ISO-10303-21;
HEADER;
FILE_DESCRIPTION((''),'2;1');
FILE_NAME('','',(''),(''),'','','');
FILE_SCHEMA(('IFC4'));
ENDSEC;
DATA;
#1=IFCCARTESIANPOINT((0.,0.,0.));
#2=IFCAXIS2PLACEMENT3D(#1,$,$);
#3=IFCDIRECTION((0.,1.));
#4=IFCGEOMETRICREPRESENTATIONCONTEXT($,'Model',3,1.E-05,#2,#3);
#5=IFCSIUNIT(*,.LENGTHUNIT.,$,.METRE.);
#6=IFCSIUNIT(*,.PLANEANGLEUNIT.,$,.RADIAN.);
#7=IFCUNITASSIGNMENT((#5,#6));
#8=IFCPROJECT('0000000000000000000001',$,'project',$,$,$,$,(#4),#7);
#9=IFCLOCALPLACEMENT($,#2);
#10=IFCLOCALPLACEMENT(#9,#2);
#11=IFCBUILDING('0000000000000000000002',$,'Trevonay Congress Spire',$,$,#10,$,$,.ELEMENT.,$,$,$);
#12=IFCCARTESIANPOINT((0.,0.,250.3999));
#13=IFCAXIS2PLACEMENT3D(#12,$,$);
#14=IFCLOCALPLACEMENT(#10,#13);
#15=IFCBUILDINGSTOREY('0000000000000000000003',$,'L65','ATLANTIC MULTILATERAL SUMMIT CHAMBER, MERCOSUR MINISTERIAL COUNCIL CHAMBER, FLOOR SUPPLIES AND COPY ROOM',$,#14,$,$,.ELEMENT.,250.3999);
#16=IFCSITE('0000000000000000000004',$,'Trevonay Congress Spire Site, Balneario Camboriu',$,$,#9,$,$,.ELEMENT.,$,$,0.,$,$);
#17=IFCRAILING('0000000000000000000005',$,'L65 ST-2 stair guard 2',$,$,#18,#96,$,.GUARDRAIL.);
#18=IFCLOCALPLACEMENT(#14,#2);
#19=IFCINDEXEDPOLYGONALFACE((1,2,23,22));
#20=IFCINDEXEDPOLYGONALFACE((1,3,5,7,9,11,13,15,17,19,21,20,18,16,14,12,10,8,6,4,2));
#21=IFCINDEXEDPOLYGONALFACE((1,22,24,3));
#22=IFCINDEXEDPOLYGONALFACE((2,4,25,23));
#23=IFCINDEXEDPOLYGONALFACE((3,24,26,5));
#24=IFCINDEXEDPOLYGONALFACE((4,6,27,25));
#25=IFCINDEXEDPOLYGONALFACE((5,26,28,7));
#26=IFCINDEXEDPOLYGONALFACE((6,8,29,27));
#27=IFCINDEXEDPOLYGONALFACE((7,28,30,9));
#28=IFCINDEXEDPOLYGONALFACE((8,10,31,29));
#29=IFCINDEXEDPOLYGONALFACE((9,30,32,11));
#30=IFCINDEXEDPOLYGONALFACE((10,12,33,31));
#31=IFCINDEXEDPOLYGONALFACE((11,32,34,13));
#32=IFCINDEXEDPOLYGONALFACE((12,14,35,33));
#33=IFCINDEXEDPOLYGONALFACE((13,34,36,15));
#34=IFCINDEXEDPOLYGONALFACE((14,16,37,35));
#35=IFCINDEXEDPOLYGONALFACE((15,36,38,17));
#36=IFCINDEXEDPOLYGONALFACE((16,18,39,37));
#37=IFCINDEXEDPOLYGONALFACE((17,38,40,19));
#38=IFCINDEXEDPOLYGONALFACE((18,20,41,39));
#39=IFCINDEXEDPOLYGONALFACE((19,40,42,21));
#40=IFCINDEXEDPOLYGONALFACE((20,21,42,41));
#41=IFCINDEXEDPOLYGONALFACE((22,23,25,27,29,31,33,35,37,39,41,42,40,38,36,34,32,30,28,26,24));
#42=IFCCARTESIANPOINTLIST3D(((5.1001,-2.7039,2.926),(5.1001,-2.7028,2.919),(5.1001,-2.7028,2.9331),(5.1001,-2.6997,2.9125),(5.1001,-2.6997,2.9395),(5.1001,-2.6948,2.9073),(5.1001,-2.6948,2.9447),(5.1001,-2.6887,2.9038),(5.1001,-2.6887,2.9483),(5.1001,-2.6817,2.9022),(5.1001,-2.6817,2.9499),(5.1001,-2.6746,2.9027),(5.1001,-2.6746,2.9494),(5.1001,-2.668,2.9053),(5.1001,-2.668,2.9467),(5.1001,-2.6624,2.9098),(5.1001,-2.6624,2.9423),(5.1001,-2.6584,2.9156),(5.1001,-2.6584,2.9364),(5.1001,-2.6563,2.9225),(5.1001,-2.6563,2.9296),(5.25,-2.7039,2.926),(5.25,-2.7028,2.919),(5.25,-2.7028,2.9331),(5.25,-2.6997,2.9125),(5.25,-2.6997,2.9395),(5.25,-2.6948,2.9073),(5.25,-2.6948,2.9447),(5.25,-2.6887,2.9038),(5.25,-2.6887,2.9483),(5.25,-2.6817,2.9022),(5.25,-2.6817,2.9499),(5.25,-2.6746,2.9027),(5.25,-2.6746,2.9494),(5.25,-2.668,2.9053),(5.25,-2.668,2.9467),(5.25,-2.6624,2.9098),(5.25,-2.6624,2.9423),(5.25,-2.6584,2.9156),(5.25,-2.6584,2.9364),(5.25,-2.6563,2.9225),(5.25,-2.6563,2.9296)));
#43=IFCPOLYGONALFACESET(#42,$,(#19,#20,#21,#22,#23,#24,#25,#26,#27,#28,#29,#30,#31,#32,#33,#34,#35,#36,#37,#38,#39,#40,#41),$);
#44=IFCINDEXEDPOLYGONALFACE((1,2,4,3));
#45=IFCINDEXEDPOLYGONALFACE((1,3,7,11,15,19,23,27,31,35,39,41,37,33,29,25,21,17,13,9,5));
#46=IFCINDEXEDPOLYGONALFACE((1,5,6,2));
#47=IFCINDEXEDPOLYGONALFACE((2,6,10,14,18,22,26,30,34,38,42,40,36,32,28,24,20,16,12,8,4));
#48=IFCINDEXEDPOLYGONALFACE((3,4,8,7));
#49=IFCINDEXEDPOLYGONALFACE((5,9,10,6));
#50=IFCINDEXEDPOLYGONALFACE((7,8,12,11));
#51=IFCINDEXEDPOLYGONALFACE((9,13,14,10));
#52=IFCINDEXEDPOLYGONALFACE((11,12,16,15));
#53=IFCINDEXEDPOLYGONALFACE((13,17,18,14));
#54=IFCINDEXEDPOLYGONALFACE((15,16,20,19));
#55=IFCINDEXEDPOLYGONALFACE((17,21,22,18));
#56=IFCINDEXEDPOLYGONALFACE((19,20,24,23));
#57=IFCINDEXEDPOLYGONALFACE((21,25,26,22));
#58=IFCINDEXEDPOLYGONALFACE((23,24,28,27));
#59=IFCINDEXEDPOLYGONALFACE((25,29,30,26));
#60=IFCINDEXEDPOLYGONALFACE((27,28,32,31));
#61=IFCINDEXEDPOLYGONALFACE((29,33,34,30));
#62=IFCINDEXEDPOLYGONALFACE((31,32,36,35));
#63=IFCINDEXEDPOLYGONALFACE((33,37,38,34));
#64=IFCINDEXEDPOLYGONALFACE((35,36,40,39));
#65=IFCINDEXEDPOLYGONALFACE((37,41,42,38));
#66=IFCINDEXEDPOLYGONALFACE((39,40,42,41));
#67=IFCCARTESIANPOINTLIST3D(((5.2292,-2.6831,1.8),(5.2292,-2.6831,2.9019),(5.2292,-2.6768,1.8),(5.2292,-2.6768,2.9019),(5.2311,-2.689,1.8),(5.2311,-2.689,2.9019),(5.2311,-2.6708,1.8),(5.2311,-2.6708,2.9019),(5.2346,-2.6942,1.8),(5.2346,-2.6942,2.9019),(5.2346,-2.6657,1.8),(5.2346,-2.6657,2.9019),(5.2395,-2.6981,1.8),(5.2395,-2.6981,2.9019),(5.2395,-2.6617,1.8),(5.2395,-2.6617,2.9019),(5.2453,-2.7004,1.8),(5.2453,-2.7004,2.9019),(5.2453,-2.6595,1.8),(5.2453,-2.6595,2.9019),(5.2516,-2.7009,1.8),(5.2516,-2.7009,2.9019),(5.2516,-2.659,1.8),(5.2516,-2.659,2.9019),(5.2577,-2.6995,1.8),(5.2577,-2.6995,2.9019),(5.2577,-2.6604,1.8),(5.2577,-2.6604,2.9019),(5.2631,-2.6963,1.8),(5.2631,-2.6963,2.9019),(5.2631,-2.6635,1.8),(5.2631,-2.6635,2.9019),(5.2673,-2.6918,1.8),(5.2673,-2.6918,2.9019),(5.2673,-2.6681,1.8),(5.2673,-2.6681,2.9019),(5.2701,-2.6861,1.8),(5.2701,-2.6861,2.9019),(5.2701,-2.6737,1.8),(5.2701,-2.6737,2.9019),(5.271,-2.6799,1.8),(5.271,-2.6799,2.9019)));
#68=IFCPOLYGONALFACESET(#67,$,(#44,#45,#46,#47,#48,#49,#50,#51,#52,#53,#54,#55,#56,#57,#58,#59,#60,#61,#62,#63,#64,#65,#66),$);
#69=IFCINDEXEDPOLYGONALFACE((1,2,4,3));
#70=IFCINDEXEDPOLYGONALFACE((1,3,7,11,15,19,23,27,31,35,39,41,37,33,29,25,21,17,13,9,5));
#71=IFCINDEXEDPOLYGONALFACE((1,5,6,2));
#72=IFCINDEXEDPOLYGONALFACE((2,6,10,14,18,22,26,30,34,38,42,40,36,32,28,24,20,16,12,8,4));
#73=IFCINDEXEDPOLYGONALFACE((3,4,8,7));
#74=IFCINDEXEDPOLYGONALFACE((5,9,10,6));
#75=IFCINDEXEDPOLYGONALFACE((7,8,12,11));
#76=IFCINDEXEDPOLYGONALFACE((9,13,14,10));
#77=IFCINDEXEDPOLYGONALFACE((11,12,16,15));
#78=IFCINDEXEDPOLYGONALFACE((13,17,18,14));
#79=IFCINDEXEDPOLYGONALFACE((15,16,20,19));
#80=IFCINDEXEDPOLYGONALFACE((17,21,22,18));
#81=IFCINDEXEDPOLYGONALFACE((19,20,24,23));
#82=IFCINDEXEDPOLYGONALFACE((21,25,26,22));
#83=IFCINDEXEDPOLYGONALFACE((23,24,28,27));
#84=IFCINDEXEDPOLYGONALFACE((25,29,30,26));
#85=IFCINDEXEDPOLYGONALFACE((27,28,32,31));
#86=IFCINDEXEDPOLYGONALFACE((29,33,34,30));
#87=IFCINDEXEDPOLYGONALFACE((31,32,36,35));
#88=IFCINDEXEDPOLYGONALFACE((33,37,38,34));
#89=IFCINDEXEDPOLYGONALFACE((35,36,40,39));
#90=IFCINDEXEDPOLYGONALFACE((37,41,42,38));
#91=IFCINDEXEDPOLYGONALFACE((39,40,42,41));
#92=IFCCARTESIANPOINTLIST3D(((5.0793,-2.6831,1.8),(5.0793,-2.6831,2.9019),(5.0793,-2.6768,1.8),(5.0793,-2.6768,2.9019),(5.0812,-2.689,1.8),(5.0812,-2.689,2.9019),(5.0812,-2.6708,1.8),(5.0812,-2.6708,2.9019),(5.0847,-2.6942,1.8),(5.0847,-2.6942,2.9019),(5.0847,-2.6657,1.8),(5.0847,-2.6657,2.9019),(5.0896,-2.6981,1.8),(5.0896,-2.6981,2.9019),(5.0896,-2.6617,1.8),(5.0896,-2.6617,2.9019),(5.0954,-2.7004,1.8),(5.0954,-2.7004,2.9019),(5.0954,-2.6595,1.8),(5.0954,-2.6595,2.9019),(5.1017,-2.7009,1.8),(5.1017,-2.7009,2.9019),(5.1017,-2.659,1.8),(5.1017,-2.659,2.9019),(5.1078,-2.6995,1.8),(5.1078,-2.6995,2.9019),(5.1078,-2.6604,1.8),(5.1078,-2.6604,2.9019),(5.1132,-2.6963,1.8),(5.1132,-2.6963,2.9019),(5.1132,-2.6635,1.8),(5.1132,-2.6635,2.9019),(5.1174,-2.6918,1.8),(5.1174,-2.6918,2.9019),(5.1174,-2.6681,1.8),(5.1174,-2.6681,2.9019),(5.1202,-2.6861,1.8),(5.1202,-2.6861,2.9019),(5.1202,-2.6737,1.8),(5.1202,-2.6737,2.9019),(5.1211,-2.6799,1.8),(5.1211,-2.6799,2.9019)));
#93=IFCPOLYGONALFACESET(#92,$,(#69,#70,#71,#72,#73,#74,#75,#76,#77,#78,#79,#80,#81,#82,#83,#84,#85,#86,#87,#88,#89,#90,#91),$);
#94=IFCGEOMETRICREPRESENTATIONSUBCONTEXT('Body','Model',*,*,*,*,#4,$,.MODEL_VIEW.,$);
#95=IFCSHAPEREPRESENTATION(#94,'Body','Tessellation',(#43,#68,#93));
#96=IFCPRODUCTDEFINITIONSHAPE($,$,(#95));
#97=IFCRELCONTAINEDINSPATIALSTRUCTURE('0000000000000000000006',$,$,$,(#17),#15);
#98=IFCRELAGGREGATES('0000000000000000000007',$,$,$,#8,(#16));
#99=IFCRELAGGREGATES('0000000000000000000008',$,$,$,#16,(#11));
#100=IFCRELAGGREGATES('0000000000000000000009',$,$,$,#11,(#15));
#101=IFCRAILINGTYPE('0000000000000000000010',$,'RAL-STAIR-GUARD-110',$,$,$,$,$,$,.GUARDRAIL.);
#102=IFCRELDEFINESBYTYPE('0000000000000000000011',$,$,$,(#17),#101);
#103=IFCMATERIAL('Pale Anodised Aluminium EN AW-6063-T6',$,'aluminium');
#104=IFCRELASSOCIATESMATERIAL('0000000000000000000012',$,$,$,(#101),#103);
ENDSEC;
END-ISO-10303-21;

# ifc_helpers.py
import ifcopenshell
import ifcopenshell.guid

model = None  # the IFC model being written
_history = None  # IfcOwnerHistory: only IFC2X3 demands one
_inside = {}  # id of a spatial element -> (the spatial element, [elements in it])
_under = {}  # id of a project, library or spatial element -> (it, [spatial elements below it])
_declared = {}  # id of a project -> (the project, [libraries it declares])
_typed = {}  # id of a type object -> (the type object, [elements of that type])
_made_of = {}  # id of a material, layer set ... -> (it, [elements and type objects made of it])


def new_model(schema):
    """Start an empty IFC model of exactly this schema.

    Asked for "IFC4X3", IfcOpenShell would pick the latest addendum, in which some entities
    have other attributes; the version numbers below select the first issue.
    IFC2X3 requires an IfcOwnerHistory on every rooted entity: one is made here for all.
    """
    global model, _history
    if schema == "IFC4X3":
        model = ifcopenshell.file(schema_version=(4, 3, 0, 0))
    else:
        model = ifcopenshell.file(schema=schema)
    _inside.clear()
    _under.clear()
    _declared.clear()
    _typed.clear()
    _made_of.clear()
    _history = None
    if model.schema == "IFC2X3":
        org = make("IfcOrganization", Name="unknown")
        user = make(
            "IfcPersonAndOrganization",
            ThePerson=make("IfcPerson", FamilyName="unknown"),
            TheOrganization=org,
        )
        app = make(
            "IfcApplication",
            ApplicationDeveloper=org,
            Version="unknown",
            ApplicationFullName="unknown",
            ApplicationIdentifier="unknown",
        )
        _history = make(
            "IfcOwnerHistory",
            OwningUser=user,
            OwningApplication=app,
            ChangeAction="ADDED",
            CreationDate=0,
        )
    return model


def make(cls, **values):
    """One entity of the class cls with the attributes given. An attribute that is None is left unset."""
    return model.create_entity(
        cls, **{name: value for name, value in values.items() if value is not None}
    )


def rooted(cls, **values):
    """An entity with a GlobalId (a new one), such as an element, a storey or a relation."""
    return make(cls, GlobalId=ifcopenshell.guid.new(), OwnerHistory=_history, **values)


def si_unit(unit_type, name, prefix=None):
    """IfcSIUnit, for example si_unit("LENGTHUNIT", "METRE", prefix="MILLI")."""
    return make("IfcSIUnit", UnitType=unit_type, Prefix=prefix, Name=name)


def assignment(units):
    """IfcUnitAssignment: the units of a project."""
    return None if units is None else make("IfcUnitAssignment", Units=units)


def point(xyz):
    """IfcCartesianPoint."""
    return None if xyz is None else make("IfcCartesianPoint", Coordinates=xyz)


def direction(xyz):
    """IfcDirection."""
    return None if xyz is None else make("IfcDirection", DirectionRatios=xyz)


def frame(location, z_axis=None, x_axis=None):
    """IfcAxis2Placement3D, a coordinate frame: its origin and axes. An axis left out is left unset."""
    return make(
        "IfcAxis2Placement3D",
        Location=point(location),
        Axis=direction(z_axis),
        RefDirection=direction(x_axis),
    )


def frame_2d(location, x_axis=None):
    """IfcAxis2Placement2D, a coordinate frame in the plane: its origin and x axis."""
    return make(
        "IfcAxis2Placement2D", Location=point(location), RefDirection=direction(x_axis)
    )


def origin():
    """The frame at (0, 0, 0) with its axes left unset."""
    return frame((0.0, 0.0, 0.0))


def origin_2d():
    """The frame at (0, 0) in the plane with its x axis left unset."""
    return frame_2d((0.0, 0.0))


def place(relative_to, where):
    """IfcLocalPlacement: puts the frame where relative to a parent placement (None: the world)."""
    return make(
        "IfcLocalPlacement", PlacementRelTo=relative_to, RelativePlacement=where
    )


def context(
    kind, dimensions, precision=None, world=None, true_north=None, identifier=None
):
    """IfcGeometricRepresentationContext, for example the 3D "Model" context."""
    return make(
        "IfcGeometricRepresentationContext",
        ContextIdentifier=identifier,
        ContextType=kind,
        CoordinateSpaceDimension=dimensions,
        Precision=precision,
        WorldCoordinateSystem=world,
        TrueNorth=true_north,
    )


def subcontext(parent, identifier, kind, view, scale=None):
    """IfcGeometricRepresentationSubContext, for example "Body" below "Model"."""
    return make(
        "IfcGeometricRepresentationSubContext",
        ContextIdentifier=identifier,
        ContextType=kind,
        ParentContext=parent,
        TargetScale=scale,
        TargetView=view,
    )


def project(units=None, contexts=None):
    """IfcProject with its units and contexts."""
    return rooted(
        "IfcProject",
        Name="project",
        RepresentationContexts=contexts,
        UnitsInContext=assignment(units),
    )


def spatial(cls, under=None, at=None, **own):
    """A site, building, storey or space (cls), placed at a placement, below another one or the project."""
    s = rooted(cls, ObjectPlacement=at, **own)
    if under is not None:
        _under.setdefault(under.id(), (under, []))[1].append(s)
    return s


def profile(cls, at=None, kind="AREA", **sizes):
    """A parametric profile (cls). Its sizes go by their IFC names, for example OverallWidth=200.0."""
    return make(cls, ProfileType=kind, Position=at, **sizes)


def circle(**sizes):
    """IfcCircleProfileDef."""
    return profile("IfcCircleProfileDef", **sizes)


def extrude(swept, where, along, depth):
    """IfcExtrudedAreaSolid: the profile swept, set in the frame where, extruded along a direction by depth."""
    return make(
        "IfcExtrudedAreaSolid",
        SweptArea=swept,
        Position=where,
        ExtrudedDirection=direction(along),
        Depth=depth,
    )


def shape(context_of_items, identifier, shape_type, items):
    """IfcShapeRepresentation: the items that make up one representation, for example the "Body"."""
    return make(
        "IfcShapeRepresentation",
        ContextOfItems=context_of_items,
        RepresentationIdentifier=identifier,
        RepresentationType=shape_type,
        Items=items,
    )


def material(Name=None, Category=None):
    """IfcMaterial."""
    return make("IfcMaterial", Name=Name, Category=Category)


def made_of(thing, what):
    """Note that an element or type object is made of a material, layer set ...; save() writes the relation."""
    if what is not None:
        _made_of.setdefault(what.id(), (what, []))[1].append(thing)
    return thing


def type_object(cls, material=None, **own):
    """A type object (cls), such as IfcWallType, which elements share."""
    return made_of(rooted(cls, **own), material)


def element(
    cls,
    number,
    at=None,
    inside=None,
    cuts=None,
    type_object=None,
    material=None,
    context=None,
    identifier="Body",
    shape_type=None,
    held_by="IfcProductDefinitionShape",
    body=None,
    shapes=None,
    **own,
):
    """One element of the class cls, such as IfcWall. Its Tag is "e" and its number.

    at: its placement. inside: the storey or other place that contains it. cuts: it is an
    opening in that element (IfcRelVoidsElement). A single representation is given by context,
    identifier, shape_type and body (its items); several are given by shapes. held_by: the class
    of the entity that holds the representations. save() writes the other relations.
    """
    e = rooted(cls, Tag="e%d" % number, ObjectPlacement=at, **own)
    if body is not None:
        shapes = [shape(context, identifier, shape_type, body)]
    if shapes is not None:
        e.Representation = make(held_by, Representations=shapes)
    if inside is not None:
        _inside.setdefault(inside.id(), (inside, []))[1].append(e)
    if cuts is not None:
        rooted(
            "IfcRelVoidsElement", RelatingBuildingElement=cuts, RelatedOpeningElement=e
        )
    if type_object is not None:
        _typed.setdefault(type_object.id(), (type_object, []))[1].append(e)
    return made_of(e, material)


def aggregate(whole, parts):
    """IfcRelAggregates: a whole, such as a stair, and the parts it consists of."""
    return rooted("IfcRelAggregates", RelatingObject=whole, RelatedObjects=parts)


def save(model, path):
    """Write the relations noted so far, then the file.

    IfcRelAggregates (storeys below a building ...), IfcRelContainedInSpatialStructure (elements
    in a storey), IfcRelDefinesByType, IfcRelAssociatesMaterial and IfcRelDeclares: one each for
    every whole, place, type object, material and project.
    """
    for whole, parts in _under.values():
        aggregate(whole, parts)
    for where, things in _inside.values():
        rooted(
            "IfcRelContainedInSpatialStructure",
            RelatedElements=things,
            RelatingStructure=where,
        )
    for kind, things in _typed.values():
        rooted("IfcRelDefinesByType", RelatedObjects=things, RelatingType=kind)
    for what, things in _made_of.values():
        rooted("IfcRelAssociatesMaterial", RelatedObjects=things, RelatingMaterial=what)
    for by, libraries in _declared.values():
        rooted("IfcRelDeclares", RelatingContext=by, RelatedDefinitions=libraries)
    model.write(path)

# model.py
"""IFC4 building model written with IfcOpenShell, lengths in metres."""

from ifc_helpers import new_model, si_unit, direction, frame, origin, origin_2d, place, context, subcontext, project, spatial, circle, extrude, material, type_object, element, save


model = new_model("IFC4")

# Units and contexts
model_context = context("Model", 3, precision=1e-05, world=origin(), true_north=direction((0.0, 1.0)))
body_context = subcontext(model_context, "Body", "Model", "MODEL_VIEW")
ifc_project = project(units=[si_unit("LENGTHUNIT", "METRE"), si_unit("PLANEANGLEUNIT", "RADIAN")], contexts=[model_context])

# Site, building, storey
site_placement = place(None, origin())
site = spatial("IfcSite", under=ifc_project, at=site_placement, Name="Trevonay Congress Spire Site, Balneario Camboriu", CompositionType="ELEMENT", RefElevation=0.0)
building_placement = place(site_placement, origin())
building = spatial("IfcBuilding", under=site, at=building_placement, Name="Trevonay Congress Spire", CompositionType="ELEMENT")
storey_placement = place(building_placement, frame((0.0, 0.0, 250.3999)))
storey = spatial("IfcBuildingStorey", under=building, at=storey_placement, Name="L65", Description="ATLANTIC MULTILATERAL SUMMIT CHAMBER, MERCOSUR MINISTERIAL COUNCIL CHAMBER, FLOOR SUPPLIES AND COPY ROOM", CompositionType="ELEMENT", Elevation=250.3999)

# Shared definitions
ifc_material_1 = material(Name="Pale Anodised Aluminium EN AW-6063-T6", Category="aluminium")

# Railing
railing_type_1 = type_object("IfcRailingType", Name="RAL-STAIR-GUARD-110", PredefinedType="GUARDRAIL", material=ifc_material_1)
railing_1_placement = place(storey_placement, frame((5.25, -2.6799, 1.8)))
element("IfcRailing", 1, at=railing_1_placement, inside=storey, type_object=railing_type_1, Name="L65 ST-2 stair guard 2", PredefinedType="GUARDRAIL", context=body_context, shape_type="SweptSolid", body=[
    extrude(circle(Radius=0.0239, at=origin_2d()), frame((0.0, 0.0, 1.126), z_axis=(-1.0, 0.0, 0.0), x_axis=(0.0, -1.0, 0.0)), (0.0, 0.0, 1.0), 0.1499),
    extrude(circle(Radius=0.021, at=origin_2d()), origin(), (0.0, 0.0, 1.0), 1.1018),
    extrude(circle(Radius=0.021, at=origin_2d()), frame((-0.1499, 0.0, 0.0)), (0.0, 0.0, 1.0), 1.1018),
])

save(model, "model.ifc")
